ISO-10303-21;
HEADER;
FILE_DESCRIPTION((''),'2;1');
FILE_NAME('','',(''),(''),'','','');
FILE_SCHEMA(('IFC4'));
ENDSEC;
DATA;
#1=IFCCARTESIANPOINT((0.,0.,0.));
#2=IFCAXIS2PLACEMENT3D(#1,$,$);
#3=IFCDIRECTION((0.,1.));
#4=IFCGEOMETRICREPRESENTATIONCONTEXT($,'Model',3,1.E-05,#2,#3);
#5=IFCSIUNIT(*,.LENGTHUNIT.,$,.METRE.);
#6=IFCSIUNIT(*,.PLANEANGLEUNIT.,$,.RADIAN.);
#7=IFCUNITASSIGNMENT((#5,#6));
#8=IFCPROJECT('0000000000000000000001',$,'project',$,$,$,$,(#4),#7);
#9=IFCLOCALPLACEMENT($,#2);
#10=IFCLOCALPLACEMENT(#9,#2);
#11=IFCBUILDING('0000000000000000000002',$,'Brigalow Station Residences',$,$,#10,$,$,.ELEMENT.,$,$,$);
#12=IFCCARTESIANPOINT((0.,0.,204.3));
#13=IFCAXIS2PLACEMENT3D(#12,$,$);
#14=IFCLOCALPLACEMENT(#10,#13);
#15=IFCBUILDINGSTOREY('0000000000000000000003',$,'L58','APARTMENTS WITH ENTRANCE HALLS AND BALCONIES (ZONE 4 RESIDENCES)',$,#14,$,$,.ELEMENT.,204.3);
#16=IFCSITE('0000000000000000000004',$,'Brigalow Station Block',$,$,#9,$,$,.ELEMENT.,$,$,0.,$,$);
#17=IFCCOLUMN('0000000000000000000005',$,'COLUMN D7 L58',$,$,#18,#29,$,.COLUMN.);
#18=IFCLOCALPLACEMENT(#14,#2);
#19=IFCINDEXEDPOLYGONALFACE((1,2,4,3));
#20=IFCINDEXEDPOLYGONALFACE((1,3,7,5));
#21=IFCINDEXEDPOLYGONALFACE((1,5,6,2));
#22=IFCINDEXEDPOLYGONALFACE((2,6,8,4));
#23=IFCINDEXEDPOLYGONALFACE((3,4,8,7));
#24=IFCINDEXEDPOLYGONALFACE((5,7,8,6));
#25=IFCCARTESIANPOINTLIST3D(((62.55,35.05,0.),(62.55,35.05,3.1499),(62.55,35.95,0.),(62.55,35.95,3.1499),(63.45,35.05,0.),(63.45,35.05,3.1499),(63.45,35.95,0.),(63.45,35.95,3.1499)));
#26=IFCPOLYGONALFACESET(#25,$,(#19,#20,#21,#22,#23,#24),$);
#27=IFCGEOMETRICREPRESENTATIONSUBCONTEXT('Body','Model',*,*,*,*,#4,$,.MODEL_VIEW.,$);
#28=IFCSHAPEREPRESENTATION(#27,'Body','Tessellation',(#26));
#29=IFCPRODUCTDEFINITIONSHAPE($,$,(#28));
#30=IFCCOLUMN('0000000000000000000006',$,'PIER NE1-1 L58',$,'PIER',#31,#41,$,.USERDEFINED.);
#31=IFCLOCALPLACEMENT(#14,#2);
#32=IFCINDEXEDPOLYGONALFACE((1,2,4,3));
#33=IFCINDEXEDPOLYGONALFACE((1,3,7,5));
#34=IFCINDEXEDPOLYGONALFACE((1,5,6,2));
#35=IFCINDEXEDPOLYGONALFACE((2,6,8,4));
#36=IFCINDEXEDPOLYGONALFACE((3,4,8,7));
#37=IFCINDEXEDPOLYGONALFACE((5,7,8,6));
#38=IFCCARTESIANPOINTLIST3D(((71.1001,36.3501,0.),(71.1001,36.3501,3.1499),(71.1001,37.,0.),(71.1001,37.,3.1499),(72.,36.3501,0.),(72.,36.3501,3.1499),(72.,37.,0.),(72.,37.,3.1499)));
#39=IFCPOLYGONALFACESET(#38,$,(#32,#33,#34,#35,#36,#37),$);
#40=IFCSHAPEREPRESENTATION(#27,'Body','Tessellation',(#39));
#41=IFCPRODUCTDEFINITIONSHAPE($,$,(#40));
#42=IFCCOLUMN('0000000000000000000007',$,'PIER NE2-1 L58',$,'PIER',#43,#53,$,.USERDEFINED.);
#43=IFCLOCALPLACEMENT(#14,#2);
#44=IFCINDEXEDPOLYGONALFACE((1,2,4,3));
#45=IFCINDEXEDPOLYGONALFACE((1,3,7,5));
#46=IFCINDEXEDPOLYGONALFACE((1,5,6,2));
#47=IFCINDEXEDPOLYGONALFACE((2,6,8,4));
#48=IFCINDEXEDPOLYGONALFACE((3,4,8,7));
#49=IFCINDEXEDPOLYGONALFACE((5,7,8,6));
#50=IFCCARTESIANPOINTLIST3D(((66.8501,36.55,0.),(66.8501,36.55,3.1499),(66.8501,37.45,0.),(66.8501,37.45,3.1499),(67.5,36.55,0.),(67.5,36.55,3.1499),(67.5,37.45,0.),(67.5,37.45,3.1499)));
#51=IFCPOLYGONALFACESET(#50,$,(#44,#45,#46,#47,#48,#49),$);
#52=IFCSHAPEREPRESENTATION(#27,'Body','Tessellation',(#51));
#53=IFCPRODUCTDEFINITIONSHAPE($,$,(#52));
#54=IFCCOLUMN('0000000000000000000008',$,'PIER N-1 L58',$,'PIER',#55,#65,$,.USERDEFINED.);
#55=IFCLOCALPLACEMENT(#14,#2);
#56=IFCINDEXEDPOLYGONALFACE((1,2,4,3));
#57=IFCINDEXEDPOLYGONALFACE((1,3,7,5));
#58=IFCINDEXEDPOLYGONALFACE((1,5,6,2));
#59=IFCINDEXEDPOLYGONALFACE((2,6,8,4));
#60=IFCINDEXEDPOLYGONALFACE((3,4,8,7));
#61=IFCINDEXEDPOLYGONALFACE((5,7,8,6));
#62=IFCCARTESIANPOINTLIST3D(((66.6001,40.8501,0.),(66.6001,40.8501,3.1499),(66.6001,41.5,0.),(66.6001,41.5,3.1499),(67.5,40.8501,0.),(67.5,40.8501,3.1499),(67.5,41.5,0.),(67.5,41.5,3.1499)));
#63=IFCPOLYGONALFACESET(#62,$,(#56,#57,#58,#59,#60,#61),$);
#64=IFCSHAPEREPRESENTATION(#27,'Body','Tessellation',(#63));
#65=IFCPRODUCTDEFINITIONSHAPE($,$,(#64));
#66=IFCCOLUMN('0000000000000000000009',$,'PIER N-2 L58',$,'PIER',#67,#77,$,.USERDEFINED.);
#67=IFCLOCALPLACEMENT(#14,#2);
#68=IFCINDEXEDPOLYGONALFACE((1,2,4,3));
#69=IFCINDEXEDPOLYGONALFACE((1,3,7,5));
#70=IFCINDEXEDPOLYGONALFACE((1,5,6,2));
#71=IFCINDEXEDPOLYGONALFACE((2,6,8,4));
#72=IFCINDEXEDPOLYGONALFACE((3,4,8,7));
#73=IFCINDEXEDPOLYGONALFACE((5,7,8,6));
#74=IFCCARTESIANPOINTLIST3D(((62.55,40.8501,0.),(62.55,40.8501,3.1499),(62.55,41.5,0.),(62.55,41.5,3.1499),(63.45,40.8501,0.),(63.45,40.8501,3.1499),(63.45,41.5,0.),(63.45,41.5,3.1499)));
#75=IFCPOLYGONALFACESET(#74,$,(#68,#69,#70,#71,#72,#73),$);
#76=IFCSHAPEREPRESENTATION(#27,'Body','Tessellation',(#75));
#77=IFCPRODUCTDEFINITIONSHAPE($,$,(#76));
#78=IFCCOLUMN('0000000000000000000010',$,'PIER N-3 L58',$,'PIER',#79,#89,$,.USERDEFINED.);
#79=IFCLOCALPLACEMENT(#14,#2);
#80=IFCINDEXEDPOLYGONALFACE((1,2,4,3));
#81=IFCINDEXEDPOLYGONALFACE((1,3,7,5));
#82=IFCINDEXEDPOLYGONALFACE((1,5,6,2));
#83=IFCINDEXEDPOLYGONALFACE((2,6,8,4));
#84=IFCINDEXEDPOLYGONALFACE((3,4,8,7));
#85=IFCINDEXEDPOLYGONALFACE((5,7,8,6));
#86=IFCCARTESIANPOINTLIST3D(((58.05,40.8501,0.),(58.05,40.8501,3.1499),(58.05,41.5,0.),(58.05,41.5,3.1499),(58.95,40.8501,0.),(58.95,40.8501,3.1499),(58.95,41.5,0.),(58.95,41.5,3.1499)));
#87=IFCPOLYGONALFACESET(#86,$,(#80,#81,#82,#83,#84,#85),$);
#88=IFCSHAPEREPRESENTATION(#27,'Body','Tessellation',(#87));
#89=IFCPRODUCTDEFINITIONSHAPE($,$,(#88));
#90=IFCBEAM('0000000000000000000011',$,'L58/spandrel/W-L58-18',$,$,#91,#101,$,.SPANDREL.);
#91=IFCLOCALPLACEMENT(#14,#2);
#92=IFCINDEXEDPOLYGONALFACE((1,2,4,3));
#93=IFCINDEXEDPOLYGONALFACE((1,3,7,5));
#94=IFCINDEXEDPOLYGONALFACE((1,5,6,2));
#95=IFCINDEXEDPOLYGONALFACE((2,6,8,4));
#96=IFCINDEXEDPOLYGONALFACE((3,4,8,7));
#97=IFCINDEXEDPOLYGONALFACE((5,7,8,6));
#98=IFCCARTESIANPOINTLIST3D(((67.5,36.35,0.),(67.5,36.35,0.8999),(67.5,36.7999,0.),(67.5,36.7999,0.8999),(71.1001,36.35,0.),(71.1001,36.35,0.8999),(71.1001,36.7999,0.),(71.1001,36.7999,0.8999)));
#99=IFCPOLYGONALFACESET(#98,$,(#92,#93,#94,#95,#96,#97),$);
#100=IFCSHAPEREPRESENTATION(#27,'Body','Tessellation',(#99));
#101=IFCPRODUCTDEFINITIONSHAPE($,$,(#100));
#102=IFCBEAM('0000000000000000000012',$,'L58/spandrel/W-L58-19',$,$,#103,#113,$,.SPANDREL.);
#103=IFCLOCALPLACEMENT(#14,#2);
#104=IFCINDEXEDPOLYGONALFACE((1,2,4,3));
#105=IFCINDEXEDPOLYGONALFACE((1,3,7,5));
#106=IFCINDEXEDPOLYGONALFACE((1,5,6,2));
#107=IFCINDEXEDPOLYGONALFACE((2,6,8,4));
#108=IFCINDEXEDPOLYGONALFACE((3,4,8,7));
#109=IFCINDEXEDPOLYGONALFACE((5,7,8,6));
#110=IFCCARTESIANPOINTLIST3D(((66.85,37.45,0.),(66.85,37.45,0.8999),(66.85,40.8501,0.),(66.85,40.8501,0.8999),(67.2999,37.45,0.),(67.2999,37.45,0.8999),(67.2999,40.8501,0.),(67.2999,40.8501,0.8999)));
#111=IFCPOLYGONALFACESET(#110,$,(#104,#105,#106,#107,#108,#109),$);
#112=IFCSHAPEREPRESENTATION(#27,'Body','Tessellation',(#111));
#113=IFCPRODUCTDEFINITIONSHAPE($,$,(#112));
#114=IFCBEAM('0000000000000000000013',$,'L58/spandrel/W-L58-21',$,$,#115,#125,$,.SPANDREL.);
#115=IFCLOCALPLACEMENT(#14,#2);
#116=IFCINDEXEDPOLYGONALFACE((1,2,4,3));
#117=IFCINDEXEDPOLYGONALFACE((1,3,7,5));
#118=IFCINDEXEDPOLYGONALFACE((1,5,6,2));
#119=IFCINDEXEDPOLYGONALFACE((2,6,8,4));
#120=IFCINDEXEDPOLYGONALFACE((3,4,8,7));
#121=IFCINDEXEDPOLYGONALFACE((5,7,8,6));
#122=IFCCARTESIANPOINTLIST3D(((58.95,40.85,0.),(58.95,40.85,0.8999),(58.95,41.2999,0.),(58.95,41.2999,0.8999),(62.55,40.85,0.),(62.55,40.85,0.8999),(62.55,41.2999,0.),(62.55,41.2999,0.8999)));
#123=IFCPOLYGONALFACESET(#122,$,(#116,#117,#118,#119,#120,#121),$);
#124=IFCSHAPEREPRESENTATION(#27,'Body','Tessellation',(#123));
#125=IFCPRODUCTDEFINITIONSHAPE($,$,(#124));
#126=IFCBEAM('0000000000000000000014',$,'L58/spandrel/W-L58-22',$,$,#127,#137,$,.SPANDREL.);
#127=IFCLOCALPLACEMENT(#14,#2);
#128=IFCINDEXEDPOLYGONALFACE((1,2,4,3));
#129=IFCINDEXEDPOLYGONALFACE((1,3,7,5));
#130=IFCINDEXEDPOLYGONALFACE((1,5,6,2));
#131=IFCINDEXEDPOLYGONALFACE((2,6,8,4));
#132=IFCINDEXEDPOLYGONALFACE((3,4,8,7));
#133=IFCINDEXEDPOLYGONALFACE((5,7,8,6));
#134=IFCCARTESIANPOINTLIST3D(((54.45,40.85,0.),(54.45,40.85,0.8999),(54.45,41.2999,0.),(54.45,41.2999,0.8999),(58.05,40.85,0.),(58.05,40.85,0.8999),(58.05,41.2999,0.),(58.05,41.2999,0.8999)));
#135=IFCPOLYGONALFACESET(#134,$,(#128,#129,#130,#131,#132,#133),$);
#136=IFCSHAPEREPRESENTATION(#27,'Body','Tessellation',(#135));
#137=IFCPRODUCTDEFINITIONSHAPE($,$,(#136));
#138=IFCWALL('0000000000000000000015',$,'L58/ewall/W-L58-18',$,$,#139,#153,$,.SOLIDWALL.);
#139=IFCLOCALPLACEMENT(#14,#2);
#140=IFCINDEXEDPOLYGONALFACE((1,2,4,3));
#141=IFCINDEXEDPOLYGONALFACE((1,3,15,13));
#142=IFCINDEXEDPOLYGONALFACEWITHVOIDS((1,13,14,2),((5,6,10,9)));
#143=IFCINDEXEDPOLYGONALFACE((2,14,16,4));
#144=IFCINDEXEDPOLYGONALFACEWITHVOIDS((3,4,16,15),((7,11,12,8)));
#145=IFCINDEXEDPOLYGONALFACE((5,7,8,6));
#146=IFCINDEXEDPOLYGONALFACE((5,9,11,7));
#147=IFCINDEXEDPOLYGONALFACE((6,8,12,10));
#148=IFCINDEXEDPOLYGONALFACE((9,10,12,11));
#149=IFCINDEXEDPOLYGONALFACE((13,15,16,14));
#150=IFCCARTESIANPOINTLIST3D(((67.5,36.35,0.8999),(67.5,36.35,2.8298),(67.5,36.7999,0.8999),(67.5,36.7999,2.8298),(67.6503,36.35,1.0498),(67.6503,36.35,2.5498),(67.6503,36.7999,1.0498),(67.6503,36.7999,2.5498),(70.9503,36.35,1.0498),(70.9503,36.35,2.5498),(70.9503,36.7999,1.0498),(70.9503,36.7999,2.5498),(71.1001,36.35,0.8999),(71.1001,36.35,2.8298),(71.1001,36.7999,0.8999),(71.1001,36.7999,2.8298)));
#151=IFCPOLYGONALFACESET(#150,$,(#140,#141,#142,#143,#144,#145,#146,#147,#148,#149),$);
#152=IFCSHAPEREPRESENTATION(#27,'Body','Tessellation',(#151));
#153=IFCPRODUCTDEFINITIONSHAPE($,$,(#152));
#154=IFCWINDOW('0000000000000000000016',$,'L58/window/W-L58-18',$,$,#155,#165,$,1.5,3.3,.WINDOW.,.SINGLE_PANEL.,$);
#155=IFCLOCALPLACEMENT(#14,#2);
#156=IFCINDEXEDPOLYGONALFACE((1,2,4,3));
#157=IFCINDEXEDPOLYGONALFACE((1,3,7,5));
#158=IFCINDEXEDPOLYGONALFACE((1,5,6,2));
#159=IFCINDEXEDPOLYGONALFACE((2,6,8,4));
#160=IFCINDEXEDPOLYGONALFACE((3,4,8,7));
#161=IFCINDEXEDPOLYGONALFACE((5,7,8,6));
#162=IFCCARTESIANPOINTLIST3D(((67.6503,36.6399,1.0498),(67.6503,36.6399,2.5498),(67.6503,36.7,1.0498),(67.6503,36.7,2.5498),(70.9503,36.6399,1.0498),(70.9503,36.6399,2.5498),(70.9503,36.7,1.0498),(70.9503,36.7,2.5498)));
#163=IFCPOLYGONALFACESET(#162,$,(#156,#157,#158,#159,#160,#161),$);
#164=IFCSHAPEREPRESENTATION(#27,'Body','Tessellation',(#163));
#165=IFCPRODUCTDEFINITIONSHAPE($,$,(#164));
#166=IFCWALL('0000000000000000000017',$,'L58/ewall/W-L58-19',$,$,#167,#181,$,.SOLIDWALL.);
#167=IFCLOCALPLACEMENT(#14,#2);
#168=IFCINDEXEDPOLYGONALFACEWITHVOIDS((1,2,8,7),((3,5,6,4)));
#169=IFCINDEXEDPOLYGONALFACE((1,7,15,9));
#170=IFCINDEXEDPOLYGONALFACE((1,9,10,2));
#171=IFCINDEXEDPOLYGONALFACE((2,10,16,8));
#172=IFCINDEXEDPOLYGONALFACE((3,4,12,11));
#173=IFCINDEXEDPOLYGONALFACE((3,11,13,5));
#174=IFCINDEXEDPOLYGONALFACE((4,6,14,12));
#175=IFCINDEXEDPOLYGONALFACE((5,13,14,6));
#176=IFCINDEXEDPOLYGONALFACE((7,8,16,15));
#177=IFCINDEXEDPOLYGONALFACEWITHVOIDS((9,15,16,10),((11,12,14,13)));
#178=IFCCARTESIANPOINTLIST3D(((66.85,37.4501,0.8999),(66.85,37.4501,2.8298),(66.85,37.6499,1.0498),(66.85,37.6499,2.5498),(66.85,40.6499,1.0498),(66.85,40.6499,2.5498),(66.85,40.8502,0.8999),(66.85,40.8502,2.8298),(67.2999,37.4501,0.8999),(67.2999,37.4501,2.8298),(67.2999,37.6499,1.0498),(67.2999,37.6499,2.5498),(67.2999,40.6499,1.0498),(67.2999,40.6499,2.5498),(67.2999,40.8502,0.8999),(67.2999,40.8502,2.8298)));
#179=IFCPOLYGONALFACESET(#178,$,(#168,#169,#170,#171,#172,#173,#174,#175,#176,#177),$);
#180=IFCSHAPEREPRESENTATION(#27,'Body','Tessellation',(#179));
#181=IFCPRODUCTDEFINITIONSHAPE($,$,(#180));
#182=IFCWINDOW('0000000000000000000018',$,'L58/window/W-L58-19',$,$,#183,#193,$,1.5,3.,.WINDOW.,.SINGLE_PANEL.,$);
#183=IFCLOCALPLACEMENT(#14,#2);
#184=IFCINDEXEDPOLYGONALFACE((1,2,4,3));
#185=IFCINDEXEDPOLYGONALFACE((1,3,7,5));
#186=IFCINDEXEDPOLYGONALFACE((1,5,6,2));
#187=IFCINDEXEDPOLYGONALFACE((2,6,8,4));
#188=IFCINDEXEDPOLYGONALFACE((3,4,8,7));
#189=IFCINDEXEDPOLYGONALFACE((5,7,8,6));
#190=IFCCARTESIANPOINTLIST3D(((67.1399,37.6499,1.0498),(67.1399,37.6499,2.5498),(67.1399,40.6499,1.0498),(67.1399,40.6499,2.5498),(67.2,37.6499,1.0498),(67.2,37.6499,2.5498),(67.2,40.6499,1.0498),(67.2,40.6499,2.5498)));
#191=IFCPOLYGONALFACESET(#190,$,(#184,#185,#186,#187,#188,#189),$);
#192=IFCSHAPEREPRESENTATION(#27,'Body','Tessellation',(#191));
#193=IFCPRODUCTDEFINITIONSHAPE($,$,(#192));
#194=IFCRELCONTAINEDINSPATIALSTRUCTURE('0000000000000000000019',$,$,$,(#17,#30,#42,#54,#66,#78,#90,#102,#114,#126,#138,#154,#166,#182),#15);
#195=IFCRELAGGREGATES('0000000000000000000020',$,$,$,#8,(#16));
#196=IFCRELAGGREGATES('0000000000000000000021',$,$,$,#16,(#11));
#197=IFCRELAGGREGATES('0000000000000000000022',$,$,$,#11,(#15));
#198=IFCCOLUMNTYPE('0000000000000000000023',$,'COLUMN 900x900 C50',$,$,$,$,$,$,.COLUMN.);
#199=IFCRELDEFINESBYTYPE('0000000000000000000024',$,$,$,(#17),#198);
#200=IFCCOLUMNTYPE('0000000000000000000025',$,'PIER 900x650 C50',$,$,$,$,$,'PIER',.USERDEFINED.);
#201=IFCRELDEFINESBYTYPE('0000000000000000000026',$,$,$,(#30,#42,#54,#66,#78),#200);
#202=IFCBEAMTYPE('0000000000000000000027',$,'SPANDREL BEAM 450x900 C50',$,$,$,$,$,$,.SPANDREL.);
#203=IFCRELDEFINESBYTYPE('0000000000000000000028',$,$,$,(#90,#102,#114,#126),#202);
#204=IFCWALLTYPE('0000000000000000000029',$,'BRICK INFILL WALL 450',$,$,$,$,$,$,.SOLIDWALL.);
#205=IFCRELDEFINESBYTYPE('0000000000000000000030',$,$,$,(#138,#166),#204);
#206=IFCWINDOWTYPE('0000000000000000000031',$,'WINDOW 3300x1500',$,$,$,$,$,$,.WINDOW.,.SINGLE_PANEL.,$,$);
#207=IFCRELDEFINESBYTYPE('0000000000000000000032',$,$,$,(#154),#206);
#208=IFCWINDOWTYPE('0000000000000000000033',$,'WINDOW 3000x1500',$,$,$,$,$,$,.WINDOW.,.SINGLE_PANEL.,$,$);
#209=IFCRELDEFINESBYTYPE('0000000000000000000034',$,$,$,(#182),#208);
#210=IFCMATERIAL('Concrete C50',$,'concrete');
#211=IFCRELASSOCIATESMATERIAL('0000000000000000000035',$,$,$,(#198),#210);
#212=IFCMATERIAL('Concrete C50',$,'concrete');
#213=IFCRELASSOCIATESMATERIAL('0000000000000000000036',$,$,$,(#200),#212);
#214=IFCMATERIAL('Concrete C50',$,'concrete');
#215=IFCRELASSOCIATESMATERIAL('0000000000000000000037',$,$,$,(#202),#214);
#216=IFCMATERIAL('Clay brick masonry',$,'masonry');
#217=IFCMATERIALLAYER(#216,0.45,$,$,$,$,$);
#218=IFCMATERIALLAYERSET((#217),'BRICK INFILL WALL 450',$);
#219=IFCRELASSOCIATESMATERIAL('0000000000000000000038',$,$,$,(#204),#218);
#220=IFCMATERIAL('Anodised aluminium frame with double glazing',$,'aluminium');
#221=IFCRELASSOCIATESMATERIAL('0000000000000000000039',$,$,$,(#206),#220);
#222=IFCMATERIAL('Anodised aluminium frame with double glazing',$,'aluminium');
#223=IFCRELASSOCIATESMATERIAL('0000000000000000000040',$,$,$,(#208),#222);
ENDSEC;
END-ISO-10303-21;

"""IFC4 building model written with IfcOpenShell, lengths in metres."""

from ifc_helpers import new_model, si_unit, direction, frame, frame_2d, origin, origin_2d, place, context, subcontext, project, spatial, rectangle, extrude, material, layer, layer_set, material_profile, profile_set, type_object, element, fill, save


model = new_model("IFC4")

# Units and contexts
model_context = context("Model", 3, precision=1e-05, world=origin(), true_north=direction((0.0, 1.0)))
body_context = subcontext(model_context, "Body", "Model", "MODEL_VIEW")
ifc_project = project(units=[si_unit("LENGTHUNIT", "METRE"), si_unit("PLANEANGLEUNIT", "RADIAN")], contexts=[model_context])

# Site, building, storey
site_placement = place(None, origin())
site = spatial("IfcSite", under=ifc_project, at=site_placement, Name="Brigalow Station Block", CompositionType="ELEMENT", RefElevation=0.0)
building_placement = place(site_placement, origin())
building = spatial("IfcBuilding", under=site, at=building_placement, Name="Brigalow Station Residences", CompositionType="ELEMENT")
storey_placement = place(building_placement, frame((0.0, 0.0, 204.3)))
storey = spatial("IfcBuildingStorey", under=building, at=storey_placement, Name="L58", Description="APARTMENTS WITH ENTRANCE HALLS AND BALCONIES (ZONE 4 RESIDENCES)", CompositionType="ELEMENT", Elevation=204.3)

# Columns
ifc_material_1 = material(Name="Concrete C50", Category="concrete")
ifc_material_profile_1 = material_profile(ifc_material_1, rectangle(XDim=0.8999, YDim=0.8999, at=origin_2d()), Name="RC900x900")
ifc_profile_set_1 = profile_set([ifc_material_profile_1], Name="Concrete C50")
column_type_1 = type_object("IfcColumnType", Name="COLUMN 900x900 C50", PredefinedType="COLUMN", material=ifc_profile_set_1)
column_placement = place(storey_placement, frame((63.0, 35.5, 0.0), z_axis=(0.0, 0.0, 1.0), x_axis=(1.0, 0.0, 0.0)))
element("IfcColumn", 1, at=column_placement, inside=storey, type_object=column_type_1, Name="COLUMN D7 L58", PredefinedType="COLUMN", context=body_context, shape_type="SweptSolid", body=[
    extrude(rectangle(XDim=0.8999, YDim=0.8999, at=origin_2d()), origin(), (0.0, 0.0, 1.0), 3.1499),
])
ifc_material_2 = material(Name="Concrete C50", Category="concrete")
ifc_material_profile_2 = material_profile(ifc_material_2, rectangle(XDim=0.8999, YDim=0.6499, at=origin_2d()), Name="RC900x650")
ifc_profile_set_2 = profile_set([ifc_material_profile_2], Name="Concrete C50")
column_type_2 = type_object("IfcColumnType", Name="PIER 900x650 C50", ElementType="PIER", PredefinedType="USERDEFINED", material=ifc_profile_set_2)
for number, where, z_axis, x_axis, name in (
    (2, (71.55, 36.675, 0.0), (0.0, 0.0, 1.0), (-1.0, 0.0, 0.0), "PIER NE1-1 L58"),
    (3, (67.175, 37.0, 0.0), (0.0, 0.0, 1.0), (0.0, 1.0, 0.0), "PIER NE2-1 L58"),
    (4, (67.05, 41.175, 0.0), (0.0, 0.0, 1.0), (-1.0, 0.0, 0.0), "PIER N-1 L58"),
    (5, (63.0, 41.175, 0.0), (0.0, 0.0, 1.0), (-1.0, 0.0, 0.0), "PIER N-2 L58"),
    (6, (58.5, 41.175, 0.0), (0.0, 0.0, 1.0), (-1.0, 0.0, 0.0), "PIER N-3 L58"),
):
    element("IfcColumn", number, at=place(storey_placement, frame(where, z_axis=z_axis, x_axis=x_axis)), inside=storey, type_object=column_type_2, Name=name, ObjectType="PIER", PredefinedType="USERDEFINED", context=body_context, shape_type="SweptSolid", body=[
        extrude(rectangle(XDim=0.8999, YDim=0.6499, at=origin_2d()), origin(), (0.0, 0.0, 1.0), 3.1499),
    ])

# Beams
ifc_material_3 = material(Name="Concrete C50", Category="concrete")
ifc_material_profile_3 = material_profile(ifc_material_3, rectangle(XDim=0.45, YDim=0.8999, at=origin_2d()), Name="RC450x900")
ifc_profile_set_3 = profile_set([ifc_material_profile_3], Name="Concrete C50")
beam_type = type_object("IfcBeamType", Name="SPANDREL BEAM 450x900 C50", PredefinedType="SPANDREL", material=ifc_profile_set_3)
beam_1_placement = place(storey_placement, frame((71.1001, 36.575, 0.45), z_axis=(-1.0, 0.0, 0.0), x_axis=(0.0, -1.0, 0.0)))
element("IfcBeam", 7, at=beam_1_placement, inside=storey, type_object=beam_type, Name="L58/spandrel/W-L58-18", PredefinedType="SPANDREL", context=body_context, shape_type="SweptSolid", body=[
    extrude(rectangle(XDim=0.45, YDim=0.8999, at=origin_2d()), origin(), (0.0, 0.0, 1.0), 3.6001),
])
beam_2_placement = place(storey_placement, frame((67.075, 37.45, 0.45), z_axis=(0.0, 1.0, 0.0), x_axis=(-1.0, 0.0, 0.0)))
element("IfcBeam", 8, at=beam_2_placement, inside=storey, type_object=beam_type, Name="L58/spandrel/W-L58-19", PredefinedType="SPANDREL", context=body_context, shape_type="SweptSolid", body=[
    extrude(rectangle(XDim=0.45, YDim=0.8999, at=origin_2d()), origin(), (0.0, 0.0, 1.0), 3.4001),
])
for number, where, z_axis, x_axis, name in (
    (9, (62.55, 41.075, 0.45), (-1.0, 0.0, 0.0), (0.0, -1.0, 0.0), "L58/spandrel/W-L58-21"),
    (10, (58.05, 41.075, 0.45), (-1.0, 0.0, 0.0), (0.0, -1.0, 0.0), "L58/spandrel/W-L58-22"),
):
    element("IfcBeam", number, at=place(storey_placement, frame(where, z_axis=z_axis, x_axis=x_axis)), inside=storey, type_object=beam_type, Name=name, PredefinedType="SPANDREL", context=body_context, shape_type="SweptSolid", body=[
        extrude(rectangle(XDim=0.45, YDim=0.8999, at=origin_2d()), origin(), (0.0, 0.0, 1.0), 3.6001),
    ])

# Walls, openings, windows
ifc_material_4 = material(Name="Clay brick masonry", Category="masonry")
ifc_layer_1 = layer(ifc_material_4, 0.45)
ifc_layer_set_1 = layer_set([ifc_layer_1], Name="BRICK INFILL WALL 450")
wall_type_1 = type_object("IfcWallType", Name="BRICK INFILL WALL 450", PredefinedType="SOLIDWALL", material=ifc_layer_set_1)
wall_1_placement = place(storey_placement, frame((71.1001, 36.575, 0.8999), z_axis=(0.0, 0.0, 1.0), x_axis=(-1.0, 0.0, 0.0)))
wall_1 = element("IfcWall", 11, at=wall_1_placement, inside=storey, type_object=wall_type_1, Name="L58/ewall/W-L58-18", PredefinedType="SOLIDWALL", context=body_context, shape_type="SweptSolid", body=[
    extrude(rectangle(XDim=3.6001, YDim=0.45, at=frame_2d((1.8, 0.0))), origin(), (0.0, 0.0, 1.0), 1.9299),
])
opening_1_placement = place(wall_1_placement, frame((0.1499, 0.0, 0.1499)))
opening_1 = element("IfcOpeningElement", 12, at=opening_1_placement, cuts=wall_1, PredefinedType="OPENING", context=body_context, shape_type="SweptSolid", body=[
    extrude(rectangle(XDim=3.3, YDim=1.5, at=frame_2d((1.6499, 0.75))), frame((0.0, 0.2349, 0.0), z_axis=(0.0, -1.0, 0.0), x_axis=(1.0, 0.0, 0.0)), (0.0, 0.0, 1.0), 0.47),
])
ifc_material_5 = material(Name="Anodised aluminium frame with double glazing", Category="aluminium")
window_type_1 = type_object("IfcWindowType", Name="WINDOW 3300x1500", PartitioningType="SINGLE_PANEL", PredefinedType="WINDOW", material=ifc_material_5)
window_1_placement = place(opening_1_placement, origin())
window_1 = element("IfcWindow", 13, at=window_1_placement, inside=storey, type_object=window_type_1, Name="L58/window/W-L58-18", OverallHeight=1.5, OverallWidth=3.3, PartitioningType="SINGLE_PANEL", PredefinedType="WINDOW", context=body_context, shape_type="SweptSolid", body=[
    extrude(rectangle(XDim=3.3, YDim=1.5, at=frame_2d((1.6499, 0.75))), frame((0.0, -0.0649, 0.0), z_axis=(0.0, -1.0, 0.0), x_axis=(1.0, 0.0, 0.0)), (0.0, 0.0, 1.0), 0.0601),
])
fill(opening_1, window_1)
wall_2_placement = place(storey_placement, frame((67.075, 37.45, 0.8999), z_axis=(0.0, 0.0, 1.0), x_axis=(0.0, 1.0, 0.0)))
wall_2 = element("IfcWall", 14, at=wall_2_placement, inside=storey, type_object=wall_type_1, Name="L58/ewall/W-L58-19", PredefinedType="SOLIDWALL", context=body_context, shape_type="SweptSolid", body=[
    extrude(rectangle(XDim=3.4001, YDim=0.45, at=frame_2d((1.7002, 0.0))), origin(), (0.0, 0.0, 1.0), 1.9299),
])
opening_2_placement = place(wall_2_placement, frame((0.2, 0.0, 0.1499)))
opening_2 = element("IfcOpeningElement", 15, at=opening_2_placement, cuts=wall_2, PredefinedType="OPENING", context=body_context, shape_type="SweptSolid", body=[
    extrude(rectangle(XDim=3.0, YDim=1.5, at=frame_2d((1.5, 0.75))), frame((0.0, 0.2349, 0.0), z_axis=(0.0, -1.0, 0.0), x_axis=(1.0, 0.0, 0.0)), (0.0, 0.0, 1.0), 0.47),
])
ifc_material_6 = material(Name="Anodised aluminium frame with double glazing", Category="aluminium")
window_type_2 = type_object("IfcWindowType", Name="WINDOW 3000x1500", PartitioningType="SINGLE_PANEL", PredefinedType="WINDOW", material=ifc_material_6)
window_2_placement = place(opening_2_placement, origin())
window_2 = element("IfcWindow", 16, at=window_2_placement, inside=storey, type_object=window_type_2, Name="L58/window/W-L58-19", OverallHeight=1.5, OverallWidth=3.0, PartitioningType="SINGLE_PANEL", PredefinedType="WINDOW", context=body_context, shape_type="SweptSolid", body=[
    extrude(rectangle(XDim=3.0, YDim=1.5, at=frame_2d((1.5, 0.75))), frame((0.0, -0.0649, 0.0), z_axis=(0.0, -1.0, 0.0), x_axis=(1.0, 0.0, 0.0)), (0.0, 0.0, 1.0), 0.0601),
])
fill(opening_2, window_2)

save(model, "model.ifc")
